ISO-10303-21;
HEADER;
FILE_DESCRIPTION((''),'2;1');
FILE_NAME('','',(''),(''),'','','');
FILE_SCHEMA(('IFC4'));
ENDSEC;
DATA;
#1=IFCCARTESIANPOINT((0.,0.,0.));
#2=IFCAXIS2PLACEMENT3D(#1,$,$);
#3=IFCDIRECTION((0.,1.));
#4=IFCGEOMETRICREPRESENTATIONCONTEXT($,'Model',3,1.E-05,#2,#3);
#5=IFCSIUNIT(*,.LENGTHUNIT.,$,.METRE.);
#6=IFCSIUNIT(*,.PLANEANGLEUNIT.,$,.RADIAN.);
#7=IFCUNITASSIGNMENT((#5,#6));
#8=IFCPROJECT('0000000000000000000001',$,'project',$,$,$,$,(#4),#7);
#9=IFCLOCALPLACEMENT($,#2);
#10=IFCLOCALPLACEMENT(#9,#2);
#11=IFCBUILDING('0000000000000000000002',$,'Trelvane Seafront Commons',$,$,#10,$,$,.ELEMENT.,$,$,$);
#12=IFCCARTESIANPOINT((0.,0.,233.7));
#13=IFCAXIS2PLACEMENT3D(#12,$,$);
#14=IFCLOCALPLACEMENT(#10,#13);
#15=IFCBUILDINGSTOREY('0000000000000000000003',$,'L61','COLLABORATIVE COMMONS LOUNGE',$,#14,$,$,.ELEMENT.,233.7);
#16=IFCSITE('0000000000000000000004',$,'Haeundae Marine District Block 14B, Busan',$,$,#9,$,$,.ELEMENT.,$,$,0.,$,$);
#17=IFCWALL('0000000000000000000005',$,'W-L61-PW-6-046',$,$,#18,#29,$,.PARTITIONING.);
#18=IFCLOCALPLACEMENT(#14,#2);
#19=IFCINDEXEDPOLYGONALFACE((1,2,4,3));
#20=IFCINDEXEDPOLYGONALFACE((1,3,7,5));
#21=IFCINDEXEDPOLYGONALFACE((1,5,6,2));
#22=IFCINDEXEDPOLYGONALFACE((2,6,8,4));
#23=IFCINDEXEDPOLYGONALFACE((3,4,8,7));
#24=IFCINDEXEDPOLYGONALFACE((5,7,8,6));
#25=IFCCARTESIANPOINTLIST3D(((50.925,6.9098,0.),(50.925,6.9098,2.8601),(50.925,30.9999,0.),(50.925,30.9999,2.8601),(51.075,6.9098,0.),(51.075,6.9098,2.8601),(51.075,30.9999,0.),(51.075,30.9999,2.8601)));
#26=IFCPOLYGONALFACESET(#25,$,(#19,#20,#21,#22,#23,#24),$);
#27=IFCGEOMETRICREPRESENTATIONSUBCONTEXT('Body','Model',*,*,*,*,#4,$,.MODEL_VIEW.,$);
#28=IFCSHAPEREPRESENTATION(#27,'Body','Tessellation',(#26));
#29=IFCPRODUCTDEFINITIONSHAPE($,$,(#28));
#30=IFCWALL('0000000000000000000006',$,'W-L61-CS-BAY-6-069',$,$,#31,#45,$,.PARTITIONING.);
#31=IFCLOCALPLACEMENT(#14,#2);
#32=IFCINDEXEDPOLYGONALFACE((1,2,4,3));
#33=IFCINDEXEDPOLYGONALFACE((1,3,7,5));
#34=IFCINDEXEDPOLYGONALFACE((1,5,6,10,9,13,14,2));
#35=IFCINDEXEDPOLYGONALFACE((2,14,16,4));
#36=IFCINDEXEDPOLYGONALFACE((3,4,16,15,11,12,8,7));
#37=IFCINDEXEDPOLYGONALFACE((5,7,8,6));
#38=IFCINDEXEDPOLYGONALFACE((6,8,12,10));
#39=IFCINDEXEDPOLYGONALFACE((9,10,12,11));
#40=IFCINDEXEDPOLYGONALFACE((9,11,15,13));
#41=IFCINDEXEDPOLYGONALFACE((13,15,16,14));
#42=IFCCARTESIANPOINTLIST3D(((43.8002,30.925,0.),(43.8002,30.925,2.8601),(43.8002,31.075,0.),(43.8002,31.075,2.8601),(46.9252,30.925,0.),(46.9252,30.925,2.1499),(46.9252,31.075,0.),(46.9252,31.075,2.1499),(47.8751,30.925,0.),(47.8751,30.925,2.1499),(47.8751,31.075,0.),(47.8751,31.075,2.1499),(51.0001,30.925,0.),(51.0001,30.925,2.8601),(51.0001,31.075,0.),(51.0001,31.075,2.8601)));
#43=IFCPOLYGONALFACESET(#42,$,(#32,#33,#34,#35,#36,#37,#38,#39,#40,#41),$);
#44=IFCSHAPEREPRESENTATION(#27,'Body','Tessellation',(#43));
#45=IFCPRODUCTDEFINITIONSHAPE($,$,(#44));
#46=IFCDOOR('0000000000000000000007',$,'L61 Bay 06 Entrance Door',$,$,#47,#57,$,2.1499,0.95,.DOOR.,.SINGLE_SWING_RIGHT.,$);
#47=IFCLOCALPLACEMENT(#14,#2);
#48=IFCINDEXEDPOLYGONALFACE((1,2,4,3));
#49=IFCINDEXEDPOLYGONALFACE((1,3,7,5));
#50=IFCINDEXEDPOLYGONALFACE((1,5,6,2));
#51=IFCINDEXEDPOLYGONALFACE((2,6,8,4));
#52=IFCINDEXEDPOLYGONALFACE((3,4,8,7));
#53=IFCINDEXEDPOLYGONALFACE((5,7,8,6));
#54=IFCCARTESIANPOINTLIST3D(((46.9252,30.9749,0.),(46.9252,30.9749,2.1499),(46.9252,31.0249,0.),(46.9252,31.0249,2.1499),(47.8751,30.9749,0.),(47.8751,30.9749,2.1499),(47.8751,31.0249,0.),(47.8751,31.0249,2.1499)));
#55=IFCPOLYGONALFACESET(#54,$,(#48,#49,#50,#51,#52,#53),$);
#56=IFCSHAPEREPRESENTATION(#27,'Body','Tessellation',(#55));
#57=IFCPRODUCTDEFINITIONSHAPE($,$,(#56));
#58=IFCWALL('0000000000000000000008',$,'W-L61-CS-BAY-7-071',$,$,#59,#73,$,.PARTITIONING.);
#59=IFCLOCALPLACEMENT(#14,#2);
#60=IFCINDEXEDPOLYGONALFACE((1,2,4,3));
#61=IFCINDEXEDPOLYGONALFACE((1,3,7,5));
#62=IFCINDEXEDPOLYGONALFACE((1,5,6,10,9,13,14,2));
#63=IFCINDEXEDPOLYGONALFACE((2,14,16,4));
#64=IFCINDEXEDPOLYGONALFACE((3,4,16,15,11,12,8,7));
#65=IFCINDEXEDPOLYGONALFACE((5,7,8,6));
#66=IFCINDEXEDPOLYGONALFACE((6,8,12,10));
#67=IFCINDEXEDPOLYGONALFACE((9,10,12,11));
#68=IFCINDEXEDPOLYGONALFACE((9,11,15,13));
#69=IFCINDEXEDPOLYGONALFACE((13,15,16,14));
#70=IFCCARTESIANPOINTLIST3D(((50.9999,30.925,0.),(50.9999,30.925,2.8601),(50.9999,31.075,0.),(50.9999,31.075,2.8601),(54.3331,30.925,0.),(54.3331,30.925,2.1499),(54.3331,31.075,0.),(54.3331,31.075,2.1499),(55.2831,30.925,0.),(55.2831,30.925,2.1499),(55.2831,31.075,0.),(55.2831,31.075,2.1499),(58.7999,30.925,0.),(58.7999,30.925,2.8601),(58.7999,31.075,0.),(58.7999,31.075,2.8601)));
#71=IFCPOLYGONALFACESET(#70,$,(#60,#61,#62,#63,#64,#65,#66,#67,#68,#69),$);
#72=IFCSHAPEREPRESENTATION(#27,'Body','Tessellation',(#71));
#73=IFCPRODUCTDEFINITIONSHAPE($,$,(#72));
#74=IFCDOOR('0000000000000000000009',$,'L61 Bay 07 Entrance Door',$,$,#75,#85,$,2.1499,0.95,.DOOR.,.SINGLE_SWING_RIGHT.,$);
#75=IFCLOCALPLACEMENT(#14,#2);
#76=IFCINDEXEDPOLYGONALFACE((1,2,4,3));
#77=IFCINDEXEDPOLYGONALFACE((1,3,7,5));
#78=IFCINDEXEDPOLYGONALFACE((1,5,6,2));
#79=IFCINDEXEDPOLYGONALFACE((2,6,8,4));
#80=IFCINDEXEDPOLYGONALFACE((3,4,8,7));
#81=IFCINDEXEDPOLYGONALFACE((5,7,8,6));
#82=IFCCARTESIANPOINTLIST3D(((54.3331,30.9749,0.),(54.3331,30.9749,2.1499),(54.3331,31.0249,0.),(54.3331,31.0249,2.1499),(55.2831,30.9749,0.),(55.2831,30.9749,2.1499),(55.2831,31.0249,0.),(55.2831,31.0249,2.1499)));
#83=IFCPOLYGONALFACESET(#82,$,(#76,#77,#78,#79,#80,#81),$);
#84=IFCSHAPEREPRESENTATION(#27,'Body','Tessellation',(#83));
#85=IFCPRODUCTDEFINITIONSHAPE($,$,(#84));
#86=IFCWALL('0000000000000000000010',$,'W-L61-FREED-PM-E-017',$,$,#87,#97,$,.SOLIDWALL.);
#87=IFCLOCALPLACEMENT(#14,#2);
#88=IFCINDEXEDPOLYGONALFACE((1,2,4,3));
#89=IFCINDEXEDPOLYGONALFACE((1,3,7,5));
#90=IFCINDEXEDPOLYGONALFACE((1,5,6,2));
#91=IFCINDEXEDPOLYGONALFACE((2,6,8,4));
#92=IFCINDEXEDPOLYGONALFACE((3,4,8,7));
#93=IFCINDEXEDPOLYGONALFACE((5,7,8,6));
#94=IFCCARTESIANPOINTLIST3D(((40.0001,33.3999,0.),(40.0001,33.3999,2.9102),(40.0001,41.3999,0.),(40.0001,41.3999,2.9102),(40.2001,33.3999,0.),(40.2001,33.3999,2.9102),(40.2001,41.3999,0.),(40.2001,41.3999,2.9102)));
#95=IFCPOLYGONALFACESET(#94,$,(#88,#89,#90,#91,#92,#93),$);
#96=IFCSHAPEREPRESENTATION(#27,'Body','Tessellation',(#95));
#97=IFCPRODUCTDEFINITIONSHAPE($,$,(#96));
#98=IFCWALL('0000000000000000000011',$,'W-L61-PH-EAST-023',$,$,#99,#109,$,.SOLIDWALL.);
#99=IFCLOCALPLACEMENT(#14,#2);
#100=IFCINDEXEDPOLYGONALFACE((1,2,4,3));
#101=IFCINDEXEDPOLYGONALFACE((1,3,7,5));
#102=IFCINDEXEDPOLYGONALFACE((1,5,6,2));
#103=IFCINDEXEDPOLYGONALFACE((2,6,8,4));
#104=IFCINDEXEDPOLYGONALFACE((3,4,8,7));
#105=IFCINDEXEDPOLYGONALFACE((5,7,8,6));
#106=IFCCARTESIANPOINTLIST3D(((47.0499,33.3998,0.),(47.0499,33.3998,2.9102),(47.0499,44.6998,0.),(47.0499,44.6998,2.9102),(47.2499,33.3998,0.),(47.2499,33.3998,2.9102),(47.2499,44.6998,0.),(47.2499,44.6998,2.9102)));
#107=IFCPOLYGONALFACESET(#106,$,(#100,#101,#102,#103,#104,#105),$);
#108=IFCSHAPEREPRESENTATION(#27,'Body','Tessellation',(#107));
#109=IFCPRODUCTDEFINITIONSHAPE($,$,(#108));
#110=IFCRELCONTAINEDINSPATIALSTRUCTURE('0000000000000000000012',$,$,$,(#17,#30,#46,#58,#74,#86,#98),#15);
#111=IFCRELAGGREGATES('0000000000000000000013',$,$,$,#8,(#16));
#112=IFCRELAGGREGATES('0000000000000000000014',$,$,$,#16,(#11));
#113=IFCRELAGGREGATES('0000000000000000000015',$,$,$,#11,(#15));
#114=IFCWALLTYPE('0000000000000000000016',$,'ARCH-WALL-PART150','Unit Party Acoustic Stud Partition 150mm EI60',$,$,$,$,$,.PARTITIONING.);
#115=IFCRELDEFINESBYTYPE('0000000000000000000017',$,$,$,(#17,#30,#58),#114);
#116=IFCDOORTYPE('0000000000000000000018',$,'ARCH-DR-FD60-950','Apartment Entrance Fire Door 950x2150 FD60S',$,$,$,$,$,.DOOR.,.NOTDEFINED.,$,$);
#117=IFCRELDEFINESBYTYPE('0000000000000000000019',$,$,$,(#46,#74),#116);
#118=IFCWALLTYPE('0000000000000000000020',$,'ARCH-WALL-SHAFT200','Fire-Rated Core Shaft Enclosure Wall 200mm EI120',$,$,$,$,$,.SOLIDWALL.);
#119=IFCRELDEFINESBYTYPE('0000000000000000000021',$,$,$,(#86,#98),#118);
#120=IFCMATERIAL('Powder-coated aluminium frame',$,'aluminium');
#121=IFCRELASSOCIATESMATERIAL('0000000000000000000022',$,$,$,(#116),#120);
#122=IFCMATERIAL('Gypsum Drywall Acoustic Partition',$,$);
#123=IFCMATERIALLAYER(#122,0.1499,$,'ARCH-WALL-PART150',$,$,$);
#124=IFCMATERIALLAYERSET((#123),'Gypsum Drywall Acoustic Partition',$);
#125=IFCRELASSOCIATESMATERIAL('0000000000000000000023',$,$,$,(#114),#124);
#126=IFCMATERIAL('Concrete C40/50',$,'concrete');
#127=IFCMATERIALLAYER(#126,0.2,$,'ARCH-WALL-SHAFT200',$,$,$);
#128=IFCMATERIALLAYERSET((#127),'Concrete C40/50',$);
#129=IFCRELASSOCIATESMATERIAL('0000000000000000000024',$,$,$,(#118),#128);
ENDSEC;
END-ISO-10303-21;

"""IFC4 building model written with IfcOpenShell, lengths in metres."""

from ifc_helpers import new_model, si_unit, direction, frame, frame_2d, origin, place, context, subcontext, project, spatial, rectangle, extrude, source, transform, mapped, material, layer, layer_set, type_object, element, fill, save


model = new_model("IFC4")

# Units and contexts
model_context = context("Model", 3, precision=1e-05, world=origin(), true_north=direction((0.0, 1.0)))
body_context = subcontext(model_context, "Body", "Model", "MODEL_VIEW")
ifc_project = project(units=[si_unit("LENGTHUNIT", "METRE"), si_unit("PLANEANGLEUNIT", "RADIAN")], contexts=[model_context])

# Site, building, storey
site_placement = place(None, origin())
site = spatial("IfcSite", under=ifc_project, at=site_placement, Name="Haeundae Marine District Block 14B, Busan", CompositionType="ELEMENT", RefElevation=0.0)
building_placement = place(site_placement, origin())
building = spatial("IfcBuilding", under=site, at=building_placement, Name="Trelvane Seafront Commons", CompositionType="ELEMENT")
storey_placement = place(building_placement, frame((0.0, 0.0, 233.7)))
storey = spatial("IfcBuildingStorey", under=building, at=storey_placement, Name="L61", Description="COLLABORATIVE COMMONS LOUNGE", CompositionType="ELEMENT", Elevation=233.7)

# Shared definitions
ifc_material_1 = material(Name="Concrete C40/50", Category="concrete")
ifc_material_2 = material(Name="Powder-coated aluminium frame", Category="aluminium")

# Shared definitions
door_type_1 = type_object("IfcDoorType", Name="ARCH-DR-FD60-950", Description="Apartment Entrance Fire Door 950x2150 FD60S", OperationType="NOTDEFINED", PredefinedType="DOOR", material=ifc_material_2)
shared_shape_1 = source(origin(), body_context, "Body", "SweptSolid", [
    extrude(rectangle(XDim=0.95, YDim=2.1499, at=frame_2d((0.4751, 1.075))), frame((0.0, 0.0249, 0.0), z_axis=(0.0, -1.0, 0.0), x_axis=(1.0, 0.0, 0.0)), (0.0, 0.0, 1.0), 0.05),
])

# Shared definitions
ifc_material_3 = material(Name="Gypsum Drywall Acoustic Partition")

# Wall
ifc_layer_1 = layer(ifc_material_3, 0.1499, Name="ARCH-WALL-PART150")
ifc_layer_set_1 = layer_set([ifc_layer_1], Name="Gypsum Drywall Acoustic Partition")
wall_type_1 = type_object("IfcWallType", Name="ARCH-WALL-PART150", Description="Unit Party Acoustic Stud Partition 150mm EI60", PredefinedType="PARTITIONING", material=ifc_layer_set_1)
wall_1_placement = place(storey_placement, frame((51.0, 6.9099, 0.0), z_axis=(0.0, 0.0, 1.0), x_axis=(0.0, 1.0, 0.0)))
element("IfcWall", 1, at=wall_1_placement, inside=storey, type_object=wall_type_1, Name="W-L61-PW-6-046", PredefinedType="PARTITIONING", context=body_context, shape_type="SweptSolid", body=[
    extrude(rectangle(XDim=24.0901, YDim=0.1499, at=frame_2d((12.0449, 0.0))), origin(), (0.0, 0.0, 1.0), 2.8601),
])

# Walls, openings, doors
wall_2_placement = place(storey_placement, frame((43.8, 31.0, 0.0), z_axis=(0.0, 0.0, 1.0), x_axis=(1.0, 0.0, 0.0)))
wall_2 = element("IfcWall", 2, at=wall_2_placement, inside=storey, type_object=wall_type_1, Name="W-L61-CS-BAY-6-069", PredefinedType="PARTITIONING", context=body_context, shape_type="SweptSolid", body=[
    extrude(rectangle(XDim=7.2, YDim=0.1499, at=frame_2d((3.6001, 0.0))), origin(), (0.0, 0.0, 1.0), 2.8601),
])
opening_1_placement = place(wall_2_placement, frame((3.125, 0.0, 0.0)))
opening_1 = element("IfcOpeningElement", 3, at=opening_1_placement, cuts=wall_2, PredefinedType="OPENING", context=body_context, shape_type="SweptSolid", body=[
    extrude(rectangle(XDim=0.95, YDim=2.1499, at=frame_2d((0.4751, 1.075))), frame((0.0, 0.085, 0.0), z_axis=(0.0, -1.0, 0.0), x_axis=(1.0, 0.0, 0.0)), (0.0, 0.0, 1.0), 0.1699),
])
door_1_placement = place(opening_1_placement, origin())
door_1 = element("IfcDoor", 4, at=door_1_placement, inside=storey, type_object=door_type_1, Name="L61 Bay 06 Entrance Door", OperationType="SINGLE_SWING_RIGHT", OverallHeight=2.1499, OverallWidth=0.95, PredefinedType="DOOR", context=body_context, shape_type="MappedRepresentation", body=[
    mapped(shared_shape_1, transform((0.0, 0.0, 0.0), x_axis=(1.0, 0.0, 0.0), y_axis=(0.0, 1.0, 0.0), z_axis=(0.0, 0.0, 1.0), scale=1.0)),
])
fill(opening_1, door_1)
wall_3_placement = place(storey_placement, frame((51.0, 31.0, 0.0), z_axis=(0.0, 0.0, 1.0), x_axis=(1.0, 0.0, 0.0)))
wall_3 = element("IfcWall", 5, at=wall_3_placement, inside=storey, type_object=wall_type_1, Name="W-L61-CS-BAY-7-071", PredefinedType="PARTITIONING", context=body_context, shape_type="SweptSolid", body=[
    extrude(rectangle(XDim=7.8, YDim=0.1499, at=frame_2d((3.8999, 0.0))), origin(), (0.0, 0.0, 1.0), 2.8601),
])
opening_2_placement = place(wall_3_placement, frame((3.333, 0.0, 0.0)))
opening_2 = element("IfcOpeningElement", 6, at=opening_2_placement, cuts=wall_3, PredefinedType="OPENING", context=body_context, shape_type="SweptSolid", body=[
    extrude(rectangle(XDim=0.95, YDim=2.1499, at=frame_2d((0.4751, 1.075))), frame((0.0, 0.085, 0.0), z_axis=(0.0, -1.0, 0.0), x_axis=(1.0, 0.0, 0.0)), (0.0, 0.0, 1.0), 0.1699),
])
door_2_placement = place(opening_2_placement, origin())
door_2 = element("IfcDoor", 7, at=door_2_placement, inside=storey, type_object=door_type_1, Name="L61 Bay 07 Entrance Door", OperationType="SINGLE_SWING_RIGHT", OverallHeight=2.1499, OverallWidth=0.95, PredefinedType="DOOR", context=body_context, shape_type="MappedRepresentation", body=[
    mapped(shared_shape_1, transform((0.0, 0.0, 0.0), x_axis=(1.0, 0.0, 0.0), y_axis=(0.0, 1.0, 0.0), z_axis=(0.0, 0.0, 1.0), scale=1.0)),
])
fill(opening_2, door_2)

# Walls
ifc_layer_2 = layer(ifc_material_1, 0.2, Name="ARCH-WALL-SHAFT200")
ifc_layer_set_2 = layer_set([ifc_layer_2], Name="Concrete C40/50")
wall_type_2 = type_object("IfcWallType", Name="ARCH-WALL-SHAFT200", Description="Fire-Rated Core Shaft Enclosure Wall 200mm EI120", PredefinedType="SOLIDWALL", material=ifc_layer_set_2)
wall_4_placement = place(storey_placement, frame((40.1001, 33.3999, 0.0), z_axis=(0.0, 0.0, 1.0), x_axis=(0.0, 1.0, 0.0)))
element("IfcWall", 8, at=wall_4_placement, inside=storey, type_object=wall_type_2, Name="W-L61-FREED-PM-E-017", PredefinedType="SOLIDWALL", context=body_context, shape_type="SweptSolid", body=[
    extrude(rectangle(XDim=8.0, YDim=0.2, at=frame_2d((4.0, 0.0))), origin(), (0.0, 0.0, 1.0), 2.9102),
])
wall_5_placement = place(storey_placement, frame((47.1499, 33.3999, 0.0), z_axis=(0.0, 0.0, 1.0), x_axis=(0.0, 1.0, 0.0)))
element("IfcWall", 9, at=wall_5_placement, inside=storey, type_object=wall_type_2, Name="W-L61-PH-EAST-023", PredefinedType="SOLIDWALL", context=body_context, shape_type="SweptSolid", body=[
    extrude(rectangle(XDim=11.3, YDim=0.2, at=frame_2d((5.6499, 0.0))), origin(), (0.0, 0.0, 1.0), 2.9102),
])

save(model, "model.ifc")
